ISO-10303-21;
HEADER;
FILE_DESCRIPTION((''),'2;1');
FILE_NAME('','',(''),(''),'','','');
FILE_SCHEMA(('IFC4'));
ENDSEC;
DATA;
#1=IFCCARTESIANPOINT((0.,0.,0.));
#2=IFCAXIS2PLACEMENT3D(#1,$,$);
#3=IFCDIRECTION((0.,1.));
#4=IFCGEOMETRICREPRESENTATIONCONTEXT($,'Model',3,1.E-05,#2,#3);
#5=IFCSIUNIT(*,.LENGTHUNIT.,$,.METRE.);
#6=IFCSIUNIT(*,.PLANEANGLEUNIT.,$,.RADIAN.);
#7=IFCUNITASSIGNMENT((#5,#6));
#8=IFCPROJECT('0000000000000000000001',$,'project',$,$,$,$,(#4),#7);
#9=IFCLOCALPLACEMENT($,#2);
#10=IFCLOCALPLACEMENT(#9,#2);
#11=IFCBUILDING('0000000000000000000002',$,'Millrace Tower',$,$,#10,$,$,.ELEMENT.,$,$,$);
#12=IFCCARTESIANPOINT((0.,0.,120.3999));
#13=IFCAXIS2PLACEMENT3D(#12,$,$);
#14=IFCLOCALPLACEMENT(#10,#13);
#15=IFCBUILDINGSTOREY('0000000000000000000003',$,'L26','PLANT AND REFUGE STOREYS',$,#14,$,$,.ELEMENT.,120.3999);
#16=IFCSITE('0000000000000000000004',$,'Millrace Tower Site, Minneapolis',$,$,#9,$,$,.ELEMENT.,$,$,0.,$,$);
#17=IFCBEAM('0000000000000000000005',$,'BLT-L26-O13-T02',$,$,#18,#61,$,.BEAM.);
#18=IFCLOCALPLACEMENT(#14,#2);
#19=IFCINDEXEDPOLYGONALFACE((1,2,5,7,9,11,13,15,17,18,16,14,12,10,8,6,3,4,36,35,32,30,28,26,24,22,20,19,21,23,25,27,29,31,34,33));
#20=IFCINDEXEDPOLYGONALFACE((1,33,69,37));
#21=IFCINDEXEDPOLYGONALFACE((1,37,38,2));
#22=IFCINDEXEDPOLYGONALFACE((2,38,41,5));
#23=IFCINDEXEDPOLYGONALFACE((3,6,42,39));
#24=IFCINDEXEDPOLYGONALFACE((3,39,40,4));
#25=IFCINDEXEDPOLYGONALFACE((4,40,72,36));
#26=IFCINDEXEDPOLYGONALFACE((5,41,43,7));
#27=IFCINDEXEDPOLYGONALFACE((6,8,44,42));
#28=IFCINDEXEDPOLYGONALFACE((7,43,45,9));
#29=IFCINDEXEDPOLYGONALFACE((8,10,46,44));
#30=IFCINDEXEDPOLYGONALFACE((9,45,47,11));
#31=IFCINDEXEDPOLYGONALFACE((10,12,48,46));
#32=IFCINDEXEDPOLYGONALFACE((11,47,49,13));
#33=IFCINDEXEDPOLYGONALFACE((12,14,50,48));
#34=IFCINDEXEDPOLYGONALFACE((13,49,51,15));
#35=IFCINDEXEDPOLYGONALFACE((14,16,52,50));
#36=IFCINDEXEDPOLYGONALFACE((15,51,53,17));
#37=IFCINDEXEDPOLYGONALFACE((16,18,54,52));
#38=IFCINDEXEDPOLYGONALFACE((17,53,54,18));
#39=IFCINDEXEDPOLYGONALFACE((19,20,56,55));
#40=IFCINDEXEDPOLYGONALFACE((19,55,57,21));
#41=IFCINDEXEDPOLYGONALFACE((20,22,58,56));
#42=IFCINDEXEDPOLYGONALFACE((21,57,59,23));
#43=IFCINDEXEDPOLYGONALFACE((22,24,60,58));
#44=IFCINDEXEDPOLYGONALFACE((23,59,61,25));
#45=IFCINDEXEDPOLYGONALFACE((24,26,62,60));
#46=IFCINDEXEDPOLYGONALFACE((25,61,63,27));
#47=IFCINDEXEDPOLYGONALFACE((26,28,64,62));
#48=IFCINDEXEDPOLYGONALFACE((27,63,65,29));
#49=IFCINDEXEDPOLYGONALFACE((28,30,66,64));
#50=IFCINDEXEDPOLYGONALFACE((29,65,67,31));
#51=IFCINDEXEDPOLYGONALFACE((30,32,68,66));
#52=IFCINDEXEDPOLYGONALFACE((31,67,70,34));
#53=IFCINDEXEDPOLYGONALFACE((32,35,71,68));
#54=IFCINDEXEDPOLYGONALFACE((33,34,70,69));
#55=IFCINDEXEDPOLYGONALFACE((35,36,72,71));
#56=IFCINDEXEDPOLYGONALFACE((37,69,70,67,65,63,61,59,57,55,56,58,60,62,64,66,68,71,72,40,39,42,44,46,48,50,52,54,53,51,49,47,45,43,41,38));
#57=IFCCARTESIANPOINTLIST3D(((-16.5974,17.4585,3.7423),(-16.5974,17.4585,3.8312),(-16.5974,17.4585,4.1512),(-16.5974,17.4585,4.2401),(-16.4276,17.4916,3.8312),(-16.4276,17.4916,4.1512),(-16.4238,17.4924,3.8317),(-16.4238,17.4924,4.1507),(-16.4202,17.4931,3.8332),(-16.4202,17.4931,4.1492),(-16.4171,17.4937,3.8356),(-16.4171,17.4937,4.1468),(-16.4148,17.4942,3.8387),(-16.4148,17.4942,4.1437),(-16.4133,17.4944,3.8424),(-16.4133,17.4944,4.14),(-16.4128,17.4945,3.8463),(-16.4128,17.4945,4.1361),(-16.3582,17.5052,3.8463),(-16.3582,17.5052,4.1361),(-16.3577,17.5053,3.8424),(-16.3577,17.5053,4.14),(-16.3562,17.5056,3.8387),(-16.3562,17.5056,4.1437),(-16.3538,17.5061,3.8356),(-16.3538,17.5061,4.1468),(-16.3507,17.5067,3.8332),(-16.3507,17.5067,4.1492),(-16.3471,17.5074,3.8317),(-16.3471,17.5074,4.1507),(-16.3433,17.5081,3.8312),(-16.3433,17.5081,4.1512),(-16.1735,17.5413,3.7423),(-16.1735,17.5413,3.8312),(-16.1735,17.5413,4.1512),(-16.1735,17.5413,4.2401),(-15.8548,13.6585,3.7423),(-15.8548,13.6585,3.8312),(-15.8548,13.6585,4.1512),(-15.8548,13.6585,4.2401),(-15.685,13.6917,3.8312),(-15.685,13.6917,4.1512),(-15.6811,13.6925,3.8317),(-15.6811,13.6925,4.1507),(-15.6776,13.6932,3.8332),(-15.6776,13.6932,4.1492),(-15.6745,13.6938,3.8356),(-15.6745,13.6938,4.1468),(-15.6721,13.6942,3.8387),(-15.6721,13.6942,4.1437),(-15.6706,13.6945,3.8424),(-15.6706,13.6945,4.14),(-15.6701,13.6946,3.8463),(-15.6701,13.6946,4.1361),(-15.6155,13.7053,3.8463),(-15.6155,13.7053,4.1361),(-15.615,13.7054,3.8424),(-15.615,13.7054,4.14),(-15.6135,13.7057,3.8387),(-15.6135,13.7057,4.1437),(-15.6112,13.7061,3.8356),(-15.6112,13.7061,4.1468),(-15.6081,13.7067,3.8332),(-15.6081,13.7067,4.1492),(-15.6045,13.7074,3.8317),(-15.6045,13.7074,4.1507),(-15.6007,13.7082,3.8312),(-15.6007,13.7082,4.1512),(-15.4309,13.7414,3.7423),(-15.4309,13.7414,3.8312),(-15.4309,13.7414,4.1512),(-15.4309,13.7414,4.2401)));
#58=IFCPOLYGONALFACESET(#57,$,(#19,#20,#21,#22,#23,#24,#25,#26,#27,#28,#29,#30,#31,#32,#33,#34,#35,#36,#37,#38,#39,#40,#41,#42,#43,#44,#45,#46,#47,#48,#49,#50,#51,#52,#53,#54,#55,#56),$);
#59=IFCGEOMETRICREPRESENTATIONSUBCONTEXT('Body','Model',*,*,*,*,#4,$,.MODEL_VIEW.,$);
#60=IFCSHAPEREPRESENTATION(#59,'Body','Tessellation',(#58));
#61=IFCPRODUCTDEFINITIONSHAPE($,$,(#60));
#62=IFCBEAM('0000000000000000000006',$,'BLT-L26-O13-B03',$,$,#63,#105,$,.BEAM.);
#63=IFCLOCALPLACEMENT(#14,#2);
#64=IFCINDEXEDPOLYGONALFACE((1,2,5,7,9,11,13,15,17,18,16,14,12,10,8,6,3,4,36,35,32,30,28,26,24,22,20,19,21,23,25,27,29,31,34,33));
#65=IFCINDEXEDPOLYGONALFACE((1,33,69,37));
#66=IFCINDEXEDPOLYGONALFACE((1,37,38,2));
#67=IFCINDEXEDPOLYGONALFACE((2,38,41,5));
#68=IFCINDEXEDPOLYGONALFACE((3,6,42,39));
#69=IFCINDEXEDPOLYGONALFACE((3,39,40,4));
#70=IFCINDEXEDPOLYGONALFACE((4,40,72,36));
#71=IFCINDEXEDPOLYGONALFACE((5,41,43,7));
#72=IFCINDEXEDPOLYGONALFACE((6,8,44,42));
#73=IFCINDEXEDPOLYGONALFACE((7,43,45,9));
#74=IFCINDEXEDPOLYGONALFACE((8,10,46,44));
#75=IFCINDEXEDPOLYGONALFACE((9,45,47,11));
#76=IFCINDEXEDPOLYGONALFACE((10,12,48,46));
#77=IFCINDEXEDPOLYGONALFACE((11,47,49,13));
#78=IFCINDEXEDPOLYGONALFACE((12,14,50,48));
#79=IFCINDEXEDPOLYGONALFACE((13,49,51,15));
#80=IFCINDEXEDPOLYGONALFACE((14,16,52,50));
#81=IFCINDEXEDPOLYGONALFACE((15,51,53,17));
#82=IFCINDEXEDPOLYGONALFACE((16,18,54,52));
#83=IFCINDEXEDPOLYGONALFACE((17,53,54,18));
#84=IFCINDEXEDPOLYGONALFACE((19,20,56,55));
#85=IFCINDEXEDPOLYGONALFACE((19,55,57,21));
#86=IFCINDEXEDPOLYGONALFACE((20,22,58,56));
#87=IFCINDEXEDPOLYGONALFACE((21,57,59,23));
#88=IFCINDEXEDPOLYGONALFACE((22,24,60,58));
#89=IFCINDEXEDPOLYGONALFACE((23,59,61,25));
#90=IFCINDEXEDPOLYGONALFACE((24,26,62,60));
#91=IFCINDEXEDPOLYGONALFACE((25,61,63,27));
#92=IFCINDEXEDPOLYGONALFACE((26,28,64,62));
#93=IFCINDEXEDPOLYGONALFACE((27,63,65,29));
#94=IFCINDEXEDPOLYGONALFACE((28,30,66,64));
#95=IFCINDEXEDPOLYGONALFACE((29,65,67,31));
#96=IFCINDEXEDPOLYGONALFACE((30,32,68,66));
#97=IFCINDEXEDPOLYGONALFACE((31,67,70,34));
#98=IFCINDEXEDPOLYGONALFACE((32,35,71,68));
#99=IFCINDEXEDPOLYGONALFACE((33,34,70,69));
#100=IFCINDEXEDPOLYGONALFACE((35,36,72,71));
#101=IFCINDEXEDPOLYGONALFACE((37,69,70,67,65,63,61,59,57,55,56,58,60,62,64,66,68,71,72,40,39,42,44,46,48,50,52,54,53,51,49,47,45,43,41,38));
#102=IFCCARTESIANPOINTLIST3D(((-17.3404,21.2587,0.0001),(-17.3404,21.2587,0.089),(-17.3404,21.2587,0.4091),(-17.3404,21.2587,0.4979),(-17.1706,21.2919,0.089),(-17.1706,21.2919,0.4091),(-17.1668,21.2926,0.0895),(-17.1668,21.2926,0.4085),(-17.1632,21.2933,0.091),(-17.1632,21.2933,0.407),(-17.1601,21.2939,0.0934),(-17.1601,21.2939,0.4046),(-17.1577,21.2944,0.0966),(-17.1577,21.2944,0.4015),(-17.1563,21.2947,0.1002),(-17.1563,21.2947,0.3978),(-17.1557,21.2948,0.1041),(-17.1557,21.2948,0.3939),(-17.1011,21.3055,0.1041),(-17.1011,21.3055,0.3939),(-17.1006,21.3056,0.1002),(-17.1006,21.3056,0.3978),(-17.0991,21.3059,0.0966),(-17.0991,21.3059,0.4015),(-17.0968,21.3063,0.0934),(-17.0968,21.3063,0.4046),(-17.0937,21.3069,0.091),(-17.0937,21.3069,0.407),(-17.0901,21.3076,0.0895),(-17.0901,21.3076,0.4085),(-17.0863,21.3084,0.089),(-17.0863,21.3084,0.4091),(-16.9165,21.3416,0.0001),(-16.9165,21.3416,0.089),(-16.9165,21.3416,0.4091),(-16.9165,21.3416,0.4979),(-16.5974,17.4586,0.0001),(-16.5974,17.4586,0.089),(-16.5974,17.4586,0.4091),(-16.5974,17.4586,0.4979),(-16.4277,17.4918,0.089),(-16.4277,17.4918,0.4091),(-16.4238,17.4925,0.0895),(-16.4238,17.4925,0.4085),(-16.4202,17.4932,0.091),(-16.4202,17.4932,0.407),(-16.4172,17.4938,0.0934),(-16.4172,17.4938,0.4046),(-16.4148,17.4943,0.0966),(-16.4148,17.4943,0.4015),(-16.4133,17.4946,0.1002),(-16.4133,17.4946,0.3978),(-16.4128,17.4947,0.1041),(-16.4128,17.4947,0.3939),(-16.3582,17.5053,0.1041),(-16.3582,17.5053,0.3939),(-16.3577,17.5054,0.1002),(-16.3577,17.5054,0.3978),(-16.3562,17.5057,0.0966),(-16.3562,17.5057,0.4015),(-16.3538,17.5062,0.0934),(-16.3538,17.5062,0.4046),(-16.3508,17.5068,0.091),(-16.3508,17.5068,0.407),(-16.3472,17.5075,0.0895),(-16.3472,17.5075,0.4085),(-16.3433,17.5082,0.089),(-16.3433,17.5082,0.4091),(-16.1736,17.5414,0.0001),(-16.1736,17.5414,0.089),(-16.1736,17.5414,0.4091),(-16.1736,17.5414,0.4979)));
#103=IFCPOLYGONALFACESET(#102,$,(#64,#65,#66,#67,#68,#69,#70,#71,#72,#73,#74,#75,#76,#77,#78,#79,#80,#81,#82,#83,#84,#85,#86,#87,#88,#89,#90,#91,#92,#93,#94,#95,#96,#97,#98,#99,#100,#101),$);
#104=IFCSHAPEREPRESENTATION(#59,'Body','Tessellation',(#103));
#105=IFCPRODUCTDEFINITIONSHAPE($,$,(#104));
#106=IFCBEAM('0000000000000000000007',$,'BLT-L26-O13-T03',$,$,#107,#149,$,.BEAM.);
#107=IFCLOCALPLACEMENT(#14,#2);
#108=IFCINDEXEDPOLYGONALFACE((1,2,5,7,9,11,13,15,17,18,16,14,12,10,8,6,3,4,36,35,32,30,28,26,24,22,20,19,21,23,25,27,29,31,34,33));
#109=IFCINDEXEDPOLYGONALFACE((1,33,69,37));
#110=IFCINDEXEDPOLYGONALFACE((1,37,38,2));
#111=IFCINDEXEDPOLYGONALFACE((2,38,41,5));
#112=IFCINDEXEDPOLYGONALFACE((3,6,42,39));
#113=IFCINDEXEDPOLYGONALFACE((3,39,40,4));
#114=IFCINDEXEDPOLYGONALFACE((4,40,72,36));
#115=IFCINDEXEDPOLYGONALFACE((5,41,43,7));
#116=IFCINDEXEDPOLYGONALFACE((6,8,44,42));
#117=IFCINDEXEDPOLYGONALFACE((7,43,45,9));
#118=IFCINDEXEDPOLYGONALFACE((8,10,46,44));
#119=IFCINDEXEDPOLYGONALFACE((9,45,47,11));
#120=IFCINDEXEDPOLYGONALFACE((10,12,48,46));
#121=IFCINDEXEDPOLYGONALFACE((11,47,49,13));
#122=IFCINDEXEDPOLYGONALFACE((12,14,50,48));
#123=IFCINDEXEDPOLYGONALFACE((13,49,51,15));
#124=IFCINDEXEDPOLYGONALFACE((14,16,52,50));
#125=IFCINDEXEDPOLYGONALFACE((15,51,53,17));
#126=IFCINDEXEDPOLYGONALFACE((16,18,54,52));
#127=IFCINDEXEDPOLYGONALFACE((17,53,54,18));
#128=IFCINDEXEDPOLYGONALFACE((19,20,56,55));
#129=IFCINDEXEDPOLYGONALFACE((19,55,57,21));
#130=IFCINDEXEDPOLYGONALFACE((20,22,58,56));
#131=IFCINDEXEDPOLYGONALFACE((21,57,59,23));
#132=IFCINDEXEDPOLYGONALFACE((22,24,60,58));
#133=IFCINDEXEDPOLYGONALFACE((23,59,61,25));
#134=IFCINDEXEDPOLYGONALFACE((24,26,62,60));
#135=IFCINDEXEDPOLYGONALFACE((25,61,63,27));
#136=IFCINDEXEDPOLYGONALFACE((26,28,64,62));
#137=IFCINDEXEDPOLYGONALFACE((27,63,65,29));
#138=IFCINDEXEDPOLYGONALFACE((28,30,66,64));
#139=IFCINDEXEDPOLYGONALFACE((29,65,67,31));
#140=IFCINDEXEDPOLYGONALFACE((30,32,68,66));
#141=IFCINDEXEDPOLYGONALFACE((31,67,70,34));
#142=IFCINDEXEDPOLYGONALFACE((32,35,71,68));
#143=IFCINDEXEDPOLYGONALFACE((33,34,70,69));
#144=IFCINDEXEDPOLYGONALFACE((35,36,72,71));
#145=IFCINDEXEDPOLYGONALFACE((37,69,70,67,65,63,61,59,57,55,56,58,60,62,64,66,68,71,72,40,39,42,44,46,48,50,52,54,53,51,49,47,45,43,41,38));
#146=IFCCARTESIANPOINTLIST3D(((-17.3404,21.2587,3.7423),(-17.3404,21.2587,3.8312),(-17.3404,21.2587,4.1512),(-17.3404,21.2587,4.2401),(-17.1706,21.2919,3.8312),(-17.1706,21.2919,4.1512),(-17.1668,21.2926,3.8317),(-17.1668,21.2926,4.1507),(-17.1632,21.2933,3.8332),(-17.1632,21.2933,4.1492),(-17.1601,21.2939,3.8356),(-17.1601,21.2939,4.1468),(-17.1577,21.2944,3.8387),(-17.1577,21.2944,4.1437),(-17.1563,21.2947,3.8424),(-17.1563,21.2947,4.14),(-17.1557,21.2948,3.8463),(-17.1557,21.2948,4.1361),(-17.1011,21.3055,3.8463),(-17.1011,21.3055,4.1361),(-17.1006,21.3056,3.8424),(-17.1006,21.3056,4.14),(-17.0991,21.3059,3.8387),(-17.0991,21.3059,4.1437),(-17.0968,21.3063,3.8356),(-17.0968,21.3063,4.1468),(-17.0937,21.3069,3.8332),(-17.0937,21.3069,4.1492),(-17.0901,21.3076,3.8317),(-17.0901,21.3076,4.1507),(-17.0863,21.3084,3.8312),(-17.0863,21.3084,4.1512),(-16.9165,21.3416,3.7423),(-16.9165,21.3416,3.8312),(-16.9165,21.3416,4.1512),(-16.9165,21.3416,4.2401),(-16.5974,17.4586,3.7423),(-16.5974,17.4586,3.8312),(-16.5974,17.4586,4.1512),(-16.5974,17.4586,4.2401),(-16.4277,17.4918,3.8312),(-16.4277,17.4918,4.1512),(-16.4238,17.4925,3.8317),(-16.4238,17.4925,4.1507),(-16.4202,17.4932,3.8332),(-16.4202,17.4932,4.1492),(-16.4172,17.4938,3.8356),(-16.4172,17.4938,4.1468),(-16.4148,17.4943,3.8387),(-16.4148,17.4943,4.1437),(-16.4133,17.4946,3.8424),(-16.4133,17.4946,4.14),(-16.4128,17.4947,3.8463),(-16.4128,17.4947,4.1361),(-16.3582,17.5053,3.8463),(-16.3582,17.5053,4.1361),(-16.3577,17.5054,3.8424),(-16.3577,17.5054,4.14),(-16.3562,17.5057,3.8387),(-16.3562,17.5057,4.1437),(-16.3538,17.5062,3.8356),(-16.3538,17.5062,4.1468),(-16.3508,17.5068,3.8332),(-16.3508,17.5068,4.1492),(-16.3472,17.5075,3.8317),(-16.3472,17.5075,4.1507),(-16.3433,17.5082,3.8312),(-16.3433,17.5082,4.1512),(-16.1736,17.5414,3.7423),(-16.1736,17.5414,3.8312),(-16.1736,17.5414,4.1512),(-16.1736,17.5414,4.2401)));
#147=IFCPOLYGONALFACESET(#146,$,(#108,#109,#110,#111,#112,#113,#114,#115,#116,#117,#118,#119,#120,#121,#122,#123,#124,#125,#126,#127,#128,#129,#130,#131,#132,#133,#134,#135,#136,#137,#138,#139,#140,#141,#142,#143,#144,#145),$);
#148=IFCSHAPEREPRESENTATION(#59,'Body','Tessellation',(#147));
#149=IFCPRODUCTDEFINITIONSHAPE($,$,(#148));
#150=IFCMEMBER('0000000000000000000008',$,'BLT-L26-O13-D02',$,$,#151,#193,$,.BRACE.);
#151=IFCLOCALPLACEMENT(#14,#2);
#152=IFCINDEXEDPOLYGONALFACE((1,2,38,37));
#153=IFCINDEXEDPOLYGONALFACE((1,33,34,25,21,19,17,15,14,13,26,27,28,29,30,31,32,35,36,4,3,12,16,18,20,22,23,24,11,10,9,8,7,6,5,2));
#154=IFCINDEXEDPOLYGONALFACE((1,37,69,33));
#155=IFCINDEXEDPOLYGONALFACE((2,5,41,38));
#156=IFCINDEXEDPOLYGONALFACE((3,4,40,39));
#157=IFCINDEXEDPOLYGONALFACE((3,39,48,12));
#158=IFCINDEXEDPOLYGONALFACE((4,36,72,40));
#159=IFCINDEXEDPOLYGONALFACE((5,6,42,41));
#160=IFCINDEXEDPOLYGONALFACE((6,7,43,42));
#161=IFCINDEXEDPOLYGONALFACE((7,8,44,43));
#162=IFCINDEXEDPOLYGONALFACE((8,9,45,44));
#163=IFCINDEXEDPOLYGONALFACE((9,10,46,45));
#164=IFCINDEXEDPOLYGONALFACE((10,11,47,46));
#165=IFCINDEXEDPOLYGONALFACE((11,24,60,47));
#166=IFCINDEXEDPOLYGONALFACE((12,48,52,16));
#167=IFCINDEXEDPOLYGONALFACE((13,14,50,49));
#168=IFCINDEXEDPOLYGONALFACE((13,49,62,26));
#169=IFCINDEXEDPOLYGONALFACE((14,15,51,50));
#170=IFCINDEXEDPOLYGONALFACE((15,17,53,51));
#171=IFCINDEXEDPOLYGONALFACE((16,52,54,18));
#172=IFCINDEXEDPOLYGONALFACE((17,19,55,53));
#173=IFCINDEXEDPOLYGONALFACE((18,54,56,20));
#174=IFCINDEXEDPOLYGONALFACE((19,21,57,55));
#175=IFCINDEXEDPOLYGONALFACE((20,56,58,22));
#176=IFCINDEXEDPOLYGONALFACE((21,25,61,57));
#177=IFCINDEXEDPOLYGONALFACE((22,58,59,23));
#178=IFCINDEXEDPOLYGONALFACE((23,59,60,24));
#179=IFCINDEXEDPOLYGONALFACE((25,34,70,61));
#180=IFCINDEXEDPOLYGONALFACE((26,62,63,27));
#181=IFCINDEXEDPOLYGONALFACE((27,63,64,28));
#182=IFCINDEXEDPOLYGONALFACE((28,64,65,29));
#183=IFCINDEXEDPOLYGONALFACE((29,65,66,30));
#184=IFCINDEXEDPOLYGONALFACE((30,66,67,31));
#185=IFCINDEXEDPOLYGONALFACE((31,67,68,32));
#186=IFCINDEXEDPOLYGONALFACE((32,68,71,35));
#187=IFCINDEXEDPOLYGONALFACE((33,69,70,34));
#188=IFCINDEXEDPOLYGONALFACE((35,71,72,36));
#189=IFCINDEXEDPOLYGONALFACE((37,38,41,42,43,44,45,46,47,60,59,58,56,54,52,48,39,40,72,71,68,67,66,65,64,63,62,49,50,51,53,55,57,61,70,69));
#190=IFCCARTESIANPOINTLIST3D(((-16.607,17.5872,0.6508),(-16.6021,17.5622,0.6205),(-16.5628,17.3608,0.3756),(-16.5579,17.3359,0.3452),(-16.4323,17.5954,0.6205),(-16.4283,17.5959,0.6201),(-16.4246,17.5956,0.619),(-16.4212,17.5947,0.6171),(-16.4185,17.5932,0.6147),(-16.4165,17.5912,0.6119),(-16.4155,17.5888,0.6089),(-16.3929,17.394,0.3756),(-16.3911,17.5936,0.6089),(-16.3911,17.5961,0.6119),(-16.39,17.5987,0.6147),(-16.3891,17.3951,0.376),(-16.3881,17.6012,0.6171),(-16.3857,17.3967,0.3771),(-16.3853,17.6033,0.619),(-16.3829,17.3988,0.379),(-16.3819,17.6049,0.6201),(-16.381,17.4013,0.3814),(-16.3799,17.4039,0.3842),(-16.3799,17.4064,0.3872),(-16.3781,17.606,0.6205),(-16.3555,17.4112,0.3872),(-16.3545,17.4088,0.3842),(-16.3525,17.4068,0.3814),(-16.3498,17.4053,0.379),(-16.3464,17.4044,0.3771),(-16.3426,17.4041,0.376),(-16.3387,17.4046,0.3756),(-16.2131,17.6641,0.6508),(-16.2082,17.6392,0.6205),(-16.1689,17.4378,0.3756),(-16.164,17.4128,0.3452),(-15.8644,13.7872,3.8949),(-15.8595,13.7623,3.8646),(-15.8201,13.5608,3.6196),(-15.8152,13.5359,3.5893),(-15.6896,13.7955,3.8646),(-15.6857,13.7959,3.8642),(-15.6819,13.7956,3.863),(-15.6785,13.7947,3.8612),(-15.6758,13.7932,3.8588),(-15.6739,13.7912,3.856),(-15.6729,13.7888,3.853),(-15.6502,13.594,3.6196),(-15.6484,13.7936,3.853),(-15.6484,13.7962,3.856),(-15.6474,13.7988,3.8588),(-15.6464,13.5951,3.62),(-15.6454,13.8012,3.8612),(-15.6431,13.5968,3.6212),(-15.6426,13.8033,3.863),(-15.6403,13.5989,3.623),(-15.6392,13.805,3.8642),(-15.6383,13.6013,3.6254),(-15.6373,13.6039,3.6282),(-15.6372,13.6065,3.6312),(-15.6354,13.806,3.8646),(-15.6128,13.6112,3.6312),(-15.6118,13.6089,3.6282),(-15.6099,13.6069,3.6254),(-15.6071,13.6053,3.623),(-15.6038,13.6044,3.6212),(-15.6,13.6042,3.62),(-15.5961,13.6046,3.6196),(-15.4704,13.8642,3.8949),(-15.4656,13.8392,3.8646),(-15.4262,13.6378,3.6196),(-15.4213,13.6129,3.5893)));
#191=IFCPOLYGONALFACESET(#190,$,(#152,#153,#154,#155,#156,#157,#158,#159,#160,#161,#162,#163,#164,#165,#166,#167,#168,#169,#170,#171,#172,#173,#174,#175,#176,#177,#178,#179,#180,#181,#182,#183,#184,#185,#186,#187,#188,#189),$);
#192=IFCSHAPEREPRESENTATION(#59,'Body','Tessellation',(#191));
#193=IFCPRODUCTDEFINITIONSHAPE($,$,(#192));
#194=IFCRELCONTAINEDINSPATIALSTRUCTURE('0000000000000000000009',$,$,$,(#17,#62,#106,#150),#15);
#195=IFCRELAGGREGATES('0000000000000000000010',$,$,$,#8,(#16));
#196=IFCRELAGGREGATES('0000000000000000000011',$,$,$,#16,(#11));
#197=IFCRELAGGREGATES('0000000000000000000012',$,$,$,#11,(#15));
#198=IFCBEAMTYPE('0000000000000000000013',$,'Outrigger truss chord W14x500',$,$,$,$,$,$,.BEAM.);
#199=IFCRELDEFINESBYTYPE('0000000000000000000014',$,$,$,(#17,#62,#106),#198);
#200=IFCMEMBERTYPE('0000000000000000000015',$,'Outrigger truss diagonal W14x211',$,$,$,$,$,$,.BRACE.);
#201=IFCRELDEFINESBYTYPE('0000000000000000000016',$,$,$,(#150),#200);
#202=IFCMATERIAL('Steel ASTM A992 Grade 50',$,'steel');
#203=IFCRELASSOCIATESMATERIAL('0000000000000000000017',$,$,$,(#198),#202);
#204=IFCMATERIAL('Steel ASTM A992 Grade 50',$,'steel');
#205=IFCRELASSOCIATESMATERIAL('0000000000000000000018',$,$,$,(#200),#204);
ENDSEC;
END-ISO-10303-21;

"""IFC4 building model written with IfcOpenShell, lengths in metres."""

from ifc_helpers import new_model, si_unit, direction, frame, origin, origin_2d, place, context, subcontext, project, spatial, i_section, extrude, material, material_profile, profile_set, type_object, element, save


model = new_model("IFC4")

# Units and contexts
model_context = context("Model", 3, precision=1e-05, world=origin(), true_north=direction((0.0, 1.0)))
body_context = subcontext(model_context, "Body", "Model", "MODEL_VIEW")
ifc_project = project(units=[si_unit("LENGTHUNIT", "METRE"), si_unit("PLANEANGLEUNIT", "RADIAN")], contexts=[model_context])

# Site, building, storey
site_placement = place(None, origin())
site = spatial("IfcSite", under=ifc_project, at=site_placement, Name="Millrace Tower Site, Minneapolis", CompositionType="ELEMENT", RefElevation=0.0)
building_placement = place(site_placement, origin())
building = spatial("IfcBuilding", under=site, at=building_placement, Name="Millrace Tower", CompositionType="ELEMENT")
storey_placement = place(building_placement, frame((0.0, 0.0, 120.3999)))
storey = spatial("IfcBuildingStorey", under=building, at=storey_placement, Name="L26", Description="PLANT AND REFUGE STOREYS", CompositionType="ELEMENT", Elevation=120.3999)

# Beams
ifc_material_1 = material(Name="Steel ASTM A992 Grade 50", Category="steel")
ifc_material_profile_1 = material_profile(ifc_material_1, i_section(OverallWidth=0.4319, OverallDepth=0.4978, WebThickness=0.0557, FlangeThickness=0.0889, FilletRadius=0.0151, at=origin_2d()))
ifc_profile_set_1 = profile_set([ifc_material_profile_1], Name="Steel ASTM A992 Grade 50")
beam_type_1 = type_object("IfcBeamType", Name="Outrigger truss chord W14x500", PredefinedType="BEAM", material=ifc_profile_set_1)
for number, where, z_axis, x_axis, name in (
    (1, (-15.6428, 13.7, 3.9912), (-0.19181, 0.981432, 0.0), (-0.981432, -0.19181, 0.0), "BLT-L26-O13-T02"),
):
    element("IfcBeam", number, at=place(storey_placement, frame(where, z_axis=z_axis, x_axis=x_axis)), inside=storey, type_object=beam_type_1, Name=name, PredefinedType="BEAM", context=body_context, shape_type="SweptSolid", body=[
        extrude(i_section(OverallWidth=0.4319, OverallDepth=0.4978, WebThickness=0.0557, FlangeThickness=0.0889, FilletRadius=0.0151, at=origin_2d()), origin(), (0.0, 0.0, 1.0), 3.8718),
    ])
for number, where, z_axis, x_axis, name in (
    (2, (-16.3855, 17.5, 0.249), (-0.19187, 0.98142, 0.0), (-0.98142, -0.19187, 0.0), "BLT-L26-O13-B03"),
    (3, (-16.3855, 17.5, 3.9912), (-0.19187, 0.98142, 0.0), (-0.98142, -0.19187, 0.0), "BLT-L26-O13-T03"),
):
    element("IfcBeam", number, at=place(storey_placement, frame(where, z_axis=z_axis, x_axis=x_axis)), inside=storey, type_object=beam_type_1, Name=name, PredefinedType="BEAM", context=body_context, shape_type="SweptSolid", body=[
        extrude(i_section(OverallWidth=0.4319, OverallDepth=0.4978, WebThickness=0.0557, FlangeThickness=0.0889, FilletRadius=0.0151, at=origin_2d()), origin(), (0.0, 0.0, 1.0), 3.8721),
    ])

# Member
ifc_material_2 = material(Name="Steel ASTM A992 Grade 50", Category="steel")
ifc_material_profile_2 = material_profile(ifc_material_2, i_section(OverallWidth=0.4014, OverallDepth=0.3987, WebThickness=0.0249, FlangeThickness=0.0396, FilletRadius=0.0151, at=origin_2d()))
ifc_profile_set_2 = profile_set([ifc_material_profile_2], Name="Steel ASTM A992 Grade 50")
member_type_1 = type_object("IfcMemberType", Name="Outrigger truss diagonal W14x211", PredefinedType="BRACE", material=ifc_profile_set_2)
member_1_placement = place(storey_placement, frame((-16.3855, 17.5, 0.498), z_axis=(0.147024, -0.75228, 0.642229), x_axis=(0.981432, 0.19181, 0.0)))
element("IfcMember", 4, at=member_1_placement, inside=storey, type_object=member_type_1, Name="BLT-L26-O13-D02", PredefinedType="BRACE", context=body_context, shape_type="SweptSolid", body=[
    extrude(i_section(OverallWidth=0.4014, OverallDepth=0.3987, WebThickness=0.0249, FlangeThickness=0.0396, FilletRadius=0.0151, at=origin_2d()), origin(), (0.0, 0.0, 1.0), 5.0513),
])

save(model, "model.ifc")
